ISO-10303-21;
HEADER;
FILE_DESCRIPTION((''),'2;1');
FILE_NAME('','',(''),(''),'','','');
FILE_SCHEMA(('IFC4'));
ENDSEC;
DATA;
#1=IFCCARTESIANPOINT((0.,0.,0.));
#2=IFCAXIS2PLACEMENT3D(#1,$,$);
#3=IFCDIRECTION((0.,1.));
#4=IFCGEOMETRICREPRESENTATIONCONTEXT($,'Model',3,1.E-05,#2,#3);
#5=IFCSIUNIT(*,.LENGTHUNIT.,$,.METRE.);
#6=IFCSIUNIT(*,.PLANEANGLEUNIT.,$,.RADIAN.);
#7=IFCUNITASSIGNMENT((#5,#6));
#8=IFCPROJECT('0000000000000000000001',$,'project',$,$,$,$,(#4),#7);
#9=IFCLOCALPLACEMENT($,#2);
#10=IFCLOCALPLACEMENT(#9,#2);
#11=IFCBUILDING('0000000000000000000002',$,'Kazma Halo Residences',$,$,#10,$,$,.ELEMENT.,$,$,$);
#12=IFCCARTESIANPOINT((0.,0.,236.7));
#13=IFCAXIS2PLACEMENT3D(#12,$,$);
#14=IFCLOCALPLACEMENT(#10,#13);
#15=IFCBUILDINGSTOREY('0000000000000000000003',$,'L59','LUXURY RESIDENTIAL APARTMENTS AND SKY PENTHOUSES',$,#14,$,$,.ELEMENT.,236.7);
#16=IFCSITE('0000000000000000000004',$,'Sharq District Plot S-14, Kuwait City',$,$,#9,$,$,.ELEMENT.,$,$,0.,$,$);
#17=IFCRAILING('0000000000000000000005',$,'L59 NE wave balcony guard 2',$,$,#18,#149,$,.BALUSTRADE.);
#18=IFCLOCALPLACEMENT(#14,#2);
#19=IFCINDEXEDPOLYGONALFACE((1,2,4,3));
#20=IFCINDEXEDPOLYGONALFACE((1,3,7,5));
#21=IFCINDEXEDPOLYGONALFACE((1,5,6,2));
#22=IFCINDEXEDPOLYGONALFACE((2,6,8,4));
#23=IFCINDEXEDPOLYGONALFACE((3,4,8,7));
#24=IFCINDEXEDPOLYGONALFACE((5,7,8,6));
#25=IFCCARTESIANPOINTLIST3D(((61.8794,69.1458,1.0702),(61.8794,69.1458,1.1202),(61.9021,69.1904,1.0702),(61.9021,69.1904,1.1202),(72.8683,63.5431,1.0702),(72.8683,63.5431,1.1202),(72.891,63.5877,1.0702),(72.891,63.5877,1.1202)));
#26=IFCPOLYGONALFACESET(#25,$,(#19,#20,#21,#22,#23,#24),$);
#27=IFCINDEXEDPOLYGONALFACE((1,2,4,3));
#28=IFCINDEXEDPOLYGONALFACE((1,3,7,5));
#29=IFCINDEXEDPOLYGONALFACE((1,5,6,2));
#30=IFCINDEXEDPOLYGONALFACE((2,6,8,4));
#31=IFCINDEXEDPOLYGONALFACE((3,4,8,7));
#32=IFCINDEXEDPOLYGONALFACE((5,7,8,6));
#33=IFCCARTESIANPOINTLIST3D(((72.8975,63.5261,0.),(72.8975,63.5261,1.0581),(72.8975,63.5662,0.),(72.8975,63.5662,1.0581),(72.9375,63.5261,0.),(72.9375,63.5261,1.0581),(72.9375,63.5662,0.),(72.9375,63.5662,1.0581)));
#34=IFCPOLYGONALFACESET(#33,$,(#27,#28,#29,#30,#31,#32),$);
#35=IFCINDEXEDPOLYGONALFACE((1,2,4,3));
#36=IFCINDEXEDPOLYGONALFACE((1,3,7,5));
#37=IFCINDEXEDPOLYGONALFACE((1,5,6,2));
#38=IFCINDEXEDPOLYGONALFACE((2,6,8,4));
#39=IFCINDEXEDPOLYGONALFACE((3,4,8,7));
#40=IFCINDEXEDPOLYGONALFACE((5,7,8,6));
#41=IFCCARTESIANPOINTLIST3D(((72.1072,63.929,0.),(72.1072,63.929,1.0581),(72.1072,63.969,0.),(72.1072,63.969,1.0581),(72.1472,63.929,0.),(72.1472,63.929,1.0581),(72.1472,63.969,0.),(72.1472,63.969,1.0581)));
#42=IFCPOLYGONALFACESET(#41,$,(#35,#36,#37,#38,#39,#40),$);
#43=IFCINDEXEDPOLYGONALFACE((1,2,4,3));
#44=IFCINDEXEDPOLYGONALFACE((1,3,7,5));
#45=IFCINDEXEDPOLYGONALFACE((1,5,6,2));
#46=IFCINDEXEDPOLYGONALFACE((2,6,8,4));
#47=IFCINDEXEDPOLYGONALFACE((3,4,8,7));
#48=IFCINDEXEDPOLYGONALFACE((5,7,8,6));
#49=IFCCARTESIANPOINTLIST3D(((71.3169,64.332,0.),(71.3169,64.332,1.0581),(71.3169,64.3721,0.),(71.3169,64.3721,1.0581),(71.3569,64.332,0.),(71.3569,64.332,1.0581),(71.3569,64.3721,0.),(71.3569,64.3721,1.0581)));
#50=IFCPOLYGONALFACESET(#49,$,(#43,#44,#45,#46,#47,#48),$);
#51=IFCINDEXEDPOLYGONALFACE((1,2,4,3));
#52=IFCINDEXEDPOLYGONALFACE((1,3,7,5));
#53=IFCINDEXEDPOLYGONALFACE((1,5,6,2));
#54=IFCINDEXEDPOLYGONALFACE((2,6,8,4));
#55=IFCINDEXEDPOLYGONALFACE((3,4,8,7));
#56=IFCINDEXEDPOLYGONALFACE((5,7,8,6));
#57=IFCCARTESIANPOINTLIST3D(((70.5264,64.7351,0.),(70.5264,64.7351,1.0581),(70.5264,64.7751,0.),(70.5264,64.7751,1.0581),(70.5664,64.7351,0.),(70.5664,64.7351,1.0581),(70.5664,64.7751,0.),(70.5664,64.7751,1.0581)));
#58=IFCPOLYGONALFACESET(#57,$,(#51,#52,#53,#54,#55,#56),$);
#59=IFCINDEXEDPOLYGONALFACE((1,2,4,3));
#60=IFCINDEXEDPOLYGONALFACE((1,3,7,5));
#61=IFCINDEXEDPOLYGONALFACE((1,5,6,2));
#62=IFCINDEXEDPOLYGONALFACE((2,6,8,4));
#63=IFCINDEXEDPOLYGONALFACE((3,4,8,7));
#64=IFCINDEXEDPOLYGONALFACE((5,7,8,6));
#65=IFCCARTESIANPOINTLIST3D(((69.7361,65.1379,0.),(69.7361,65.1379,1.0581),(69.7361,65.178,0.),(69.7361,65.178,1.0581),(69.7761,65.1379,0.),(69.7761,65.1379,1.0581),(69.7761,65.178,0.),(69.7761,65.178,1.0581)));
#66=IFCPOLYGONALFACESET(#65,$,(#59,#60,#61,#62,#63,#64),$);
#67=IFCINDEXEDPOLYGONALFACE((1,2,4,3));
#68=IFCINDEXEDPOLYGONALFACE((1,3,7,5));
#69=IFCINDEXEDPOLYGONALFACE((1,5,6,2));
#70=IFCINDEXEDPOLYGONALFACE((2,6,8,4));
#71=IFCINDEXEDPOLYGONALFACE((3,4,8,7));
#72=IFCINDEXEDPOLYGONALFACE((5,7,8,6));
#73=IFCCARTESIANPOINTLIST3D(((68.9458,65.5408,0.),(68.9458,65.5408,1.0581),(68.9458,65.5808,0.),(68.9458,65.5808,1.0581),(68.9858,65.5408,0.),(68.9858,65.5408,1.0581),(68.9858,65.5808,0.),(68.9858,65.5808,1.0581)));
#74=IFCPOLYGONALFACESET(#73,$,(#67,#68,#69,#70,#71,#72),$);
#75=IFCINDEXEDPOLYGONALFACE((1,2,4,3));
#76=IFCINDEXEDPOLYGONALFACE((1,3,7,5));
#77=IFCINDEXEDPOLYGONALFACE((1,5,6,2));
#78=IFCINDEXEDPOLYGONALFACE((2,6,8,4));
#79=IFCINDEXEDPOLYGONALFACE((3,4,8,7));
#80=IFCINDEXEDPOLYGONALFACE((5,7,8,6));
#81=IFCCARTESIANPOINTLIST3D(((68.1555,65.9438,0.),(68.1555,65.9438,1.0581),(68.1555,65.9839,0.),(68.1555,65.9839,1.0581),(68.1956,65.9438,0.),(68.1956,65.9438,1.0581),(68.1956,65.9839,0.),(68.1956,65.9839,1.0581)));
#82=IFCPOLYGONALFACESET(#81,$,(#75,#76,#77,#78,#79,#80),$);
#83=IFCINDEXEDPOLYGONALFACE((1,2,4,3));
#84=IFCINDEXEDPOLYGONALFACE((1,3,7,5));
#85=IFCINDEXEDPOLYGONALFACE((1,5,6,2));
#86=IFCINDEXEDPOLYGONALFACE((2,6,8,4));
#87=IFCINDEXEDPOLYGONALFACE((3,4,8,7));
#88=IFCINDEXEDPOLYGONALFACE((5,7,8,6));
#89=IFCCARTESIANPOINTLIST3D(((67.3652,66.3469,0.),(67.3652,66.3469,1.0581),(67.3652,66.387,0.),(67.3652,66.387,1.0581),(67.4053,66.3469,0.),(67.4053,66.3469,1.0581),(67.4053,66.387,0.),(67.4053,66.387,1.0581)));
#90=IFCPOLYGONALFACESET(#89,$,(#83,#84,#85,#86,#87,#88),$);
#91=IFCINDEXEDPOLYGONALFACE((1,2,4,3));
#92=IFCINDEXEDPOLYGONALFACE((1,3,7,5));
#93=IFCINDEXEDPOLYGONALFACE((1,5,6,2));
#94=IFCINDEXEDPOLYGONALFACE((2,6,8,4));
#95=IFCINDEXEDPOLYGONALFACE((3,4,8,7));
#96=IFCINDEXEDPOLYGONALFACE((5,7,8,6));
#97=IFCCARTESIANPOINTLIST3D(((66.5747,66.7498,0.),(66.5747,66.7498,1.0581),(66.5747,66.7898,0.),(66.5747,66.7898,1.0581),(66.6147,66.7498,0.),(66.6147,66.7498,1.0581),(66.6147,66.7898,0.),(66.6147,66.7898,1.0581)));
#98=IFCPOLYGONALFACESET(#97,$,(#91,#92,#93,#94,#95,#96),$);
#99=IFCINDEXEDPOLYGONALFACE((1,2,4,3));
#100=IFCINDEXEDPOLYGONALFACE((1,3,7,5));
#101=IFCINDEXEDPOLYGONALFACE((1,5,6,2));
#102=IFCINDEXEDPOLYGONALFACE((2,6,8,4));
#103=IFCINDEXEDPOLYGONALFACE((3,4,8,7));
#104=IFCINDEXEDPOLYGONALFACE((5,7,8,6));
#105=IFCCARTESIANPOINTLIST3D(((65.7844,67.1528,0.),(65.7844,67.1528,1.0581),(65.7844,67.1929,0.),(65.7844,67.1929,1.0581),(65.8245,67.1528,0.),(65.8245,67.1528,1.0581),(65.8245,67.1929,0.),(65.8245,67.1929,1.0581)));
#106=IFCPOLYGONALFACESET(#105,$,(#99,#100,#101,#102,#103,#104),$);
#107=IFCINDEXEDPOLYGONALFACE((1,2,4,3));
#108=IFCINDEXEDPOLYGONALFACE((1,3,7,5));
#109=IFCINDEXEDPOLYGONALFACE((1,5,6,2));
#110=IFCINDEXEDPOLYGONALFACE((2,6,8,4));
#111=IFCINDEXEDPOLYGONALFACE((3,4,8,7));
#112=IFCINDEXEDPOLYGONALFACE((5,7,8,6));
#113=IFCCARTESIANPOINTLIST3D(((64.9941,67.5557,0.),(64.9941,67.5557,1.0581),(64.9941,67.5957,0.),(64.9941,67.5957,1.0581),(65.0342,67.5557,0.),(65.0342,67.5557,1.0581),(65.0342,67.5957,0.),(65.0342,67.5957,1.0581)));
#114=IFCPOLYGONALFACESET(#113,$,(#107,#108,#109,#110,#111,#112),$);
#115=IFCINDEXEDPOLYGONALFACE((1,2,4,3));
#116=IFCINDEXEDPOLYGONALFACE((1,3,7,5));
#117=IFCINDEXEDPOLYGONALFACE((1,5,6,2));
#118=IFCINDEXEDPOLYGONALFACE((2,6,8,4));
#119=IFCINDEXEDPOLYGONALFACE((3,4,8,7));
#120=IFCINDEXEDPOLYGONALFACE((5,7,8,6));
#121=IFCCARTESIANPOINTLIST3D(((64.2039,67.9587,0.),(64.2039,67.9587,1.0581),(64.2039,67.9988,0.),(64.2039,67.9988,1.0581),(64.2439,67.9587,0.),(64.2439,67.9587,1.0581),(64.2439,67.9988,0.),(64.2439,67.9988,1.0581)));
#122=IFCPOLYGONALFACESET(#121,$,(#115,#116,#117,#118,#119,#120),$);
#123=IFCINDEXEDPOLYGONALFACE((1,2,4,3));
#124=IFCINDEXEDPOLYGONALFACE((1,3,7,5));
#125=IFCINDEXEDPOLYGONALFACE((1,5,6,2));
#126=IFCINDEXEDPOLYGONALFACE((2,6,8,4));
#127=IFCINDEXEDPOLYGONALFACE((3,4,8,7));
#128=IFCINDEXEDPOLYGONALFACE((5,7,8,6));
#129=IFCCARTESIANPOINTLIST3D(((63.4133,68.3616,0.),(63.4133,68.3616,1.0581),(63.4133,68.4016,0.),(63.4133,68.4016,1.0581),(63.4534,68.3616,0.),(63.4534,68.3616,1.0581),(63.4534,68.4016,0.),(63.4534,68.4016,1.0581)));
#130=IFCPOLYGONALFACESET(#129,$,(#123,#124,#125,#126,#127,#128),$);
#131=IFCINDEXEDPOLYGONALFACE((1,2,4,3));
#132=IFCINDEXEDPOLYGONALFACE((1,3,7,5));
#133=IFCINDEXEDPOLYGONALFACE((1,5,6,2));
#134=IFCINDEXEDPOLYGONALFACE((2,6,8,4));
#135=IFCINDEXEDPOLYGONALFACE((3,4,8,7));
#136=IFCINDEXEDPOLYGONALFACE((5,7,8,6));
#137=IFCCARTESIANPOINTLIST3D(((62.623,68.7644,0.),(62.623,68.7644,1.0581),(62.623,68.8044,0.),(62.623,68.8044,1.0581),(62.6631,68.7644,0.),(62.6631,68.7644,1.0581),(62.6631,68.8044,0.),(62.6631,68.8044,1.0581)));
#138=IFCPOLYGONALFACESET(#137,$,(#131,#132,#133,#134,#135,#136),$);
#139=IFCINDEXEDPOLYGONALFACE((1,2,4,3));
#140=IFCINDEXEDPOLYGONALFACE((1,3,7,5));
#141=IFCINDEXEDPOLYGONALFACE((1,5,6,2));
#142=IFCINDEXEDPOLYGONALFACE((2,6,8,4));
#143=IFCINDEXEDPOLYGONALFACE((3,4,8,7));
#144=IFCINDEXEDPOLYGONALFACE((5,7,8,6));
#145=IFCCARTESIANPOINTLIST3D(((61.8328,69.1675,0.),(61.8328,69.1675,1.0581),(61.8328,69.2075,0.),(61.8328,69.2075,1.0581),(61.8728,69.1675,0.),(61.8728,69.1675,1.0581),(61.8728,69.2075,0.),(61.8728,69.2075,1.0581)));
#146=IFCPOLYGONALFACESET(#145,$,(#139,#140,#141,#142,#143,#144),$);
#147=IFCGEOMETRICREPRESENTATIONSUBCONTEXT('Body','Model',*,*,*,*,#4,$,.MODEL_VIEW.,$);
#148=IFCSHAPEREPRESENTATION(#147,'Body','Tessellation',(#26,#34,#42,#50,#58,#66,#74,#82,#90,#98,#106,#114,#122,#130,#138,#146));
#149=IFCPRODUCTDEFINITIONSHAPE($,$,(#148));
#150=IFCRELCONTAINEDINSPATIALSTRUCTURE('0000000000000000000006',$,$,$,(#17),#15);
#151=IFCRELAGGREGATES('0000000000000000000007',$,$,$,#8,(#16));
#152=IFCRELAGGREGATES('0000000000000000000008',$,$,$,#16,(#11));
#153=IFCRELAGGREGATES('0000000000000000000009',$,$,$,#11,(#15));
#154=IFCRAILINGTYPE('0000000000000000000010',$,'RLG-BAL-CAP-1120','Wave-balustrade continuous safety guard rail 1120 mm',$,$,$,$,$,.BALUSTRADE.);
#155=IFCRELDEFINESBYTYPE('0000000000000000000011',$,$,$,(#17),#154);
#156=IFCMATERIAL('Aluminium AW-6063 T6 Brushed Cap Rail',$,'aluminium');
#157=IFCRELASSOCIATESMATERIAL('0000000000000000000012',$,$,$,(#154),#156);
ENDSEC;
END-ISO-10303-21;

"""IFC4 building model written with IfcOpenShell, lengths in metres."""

from ifc_helpers import new_model, si_unit, direction, frame, origin, origin_2d, place, context, subcontext, project, spatial, rectangle, extrude, material, type_object, element, save


model = new_model("IFC4")

# Units and contexts
model_context = context("Model", 3, precision=1e-05, world=origin(), true_north=direction((0.0, 1.0)))
body_context = subcontext(model_context, "Body", "Model", "MODEL_VIEW")
ifc_project = project(units=[si_unit("LENGTHUNIT", "METRE"), si_unit("PLANEANGLEUNIT", "RADIAN")], contexts=[model_context])

# Site, building, storey
site_placement = place(None, origin())
site = spatial("IfcSite", under=ifc_project, at=site_placement, Name="Sharq District Plot S-14, Kuwait City", CompositionType="ELEMENT", RefElevation=0.0)
building_placement = place(site_placement, origin())
building = spatial("IfcBuilding", under=site, at=building_placement, Name="Kazma Halo Residences", CompositionType="ELEMENT")
storey_placement = place(building_placement, frame((0.0, 0.0, 236.7)))
storey = spatial("IfcBuildingStorey", under=building, at=storey_placement, Name="L59", Description="LUXURY RESIDENTIAL APARTMENTS AND SKY PENTHOUSES", CompositionType="ELEMENT", Elevation=236.7)

# Railing
ifc_material_1 = material(Name="Aluminium AW-6063 T6 Brushed Cap Rail", Category="aluminium")
railing_type = type_object("IfcRailingType", Name="RLG-BAL-CAP-1120", Description="Wave-balustrade continuous safety guard rail 1120 mm", PredefinedType="BALUSTRADE", material=ifc_material_1)
railing_1_placement = place(storey_placement, frame((72.9175, 63.5461, 0.0)))
element("IfcRailing", 1, at=railing_1_placement, inside=storey, type_object=railing_type, Name="L59 NE wave balcony guard 2", PredefinedType="BALUSTRADE", context=body_context, shape_type="SweptSolid", body=[
    extrude(rectangle(XDim=0.05, YDim=0.05, at=origin_2d()), frame((-0.0378, 0.0193, 1.0952), z_axis=(-0.890889, 0.454221, 0.0), x_axis=(-0.454221, -0.890889, 0.0)), (0.0, 0.0, 1.0), 12.3347),
    extrude(rectangle(XDim=0.04, YDim=0.04, at=origin_2d()), origin(), (0.0, 0.0, 1.0), 1.0581),
    extrude(rectangle(XDim=0.04, YDim=0.04, at=origin_2d()), frame((-0.7903, 0.4028, 0.0)), (0.0, 0.0, 1.0), 1.0581),
    extrude(rectangle(XDim=0.04, YDim=0.04, at=origin_2d()), frame((-1.5806, 0.8059, 0.0)), (0.0, 0.0, 1.0), 1.0581),
    extrude(rectangle(XDim=0.04, YDim=0.04, at=origin_2d()), frame((-2.3711, 1.209, 0.0)), (0.0, 0.0, 1.0), 1.0581),
    extrude(rectangle(XDim=0.04, YDim=0.04, at=origin_2d()), frame((-3.1614, 1.6118, 0.0)), (0.0, 0.0, 1.0), 1.0581),
    extrude(rectangle(XDim=0.04, YDim=0.04, at=origin_2d()), frame((-3.9517, 2.0146, 0.0)), (0.0, 0.0, 1.0), 1.0581),
    extrude(rectangle(XDim=0.04, YDim=0.04, at=origin_2d()), frame((-4.7419, 2.4177, 0.0)), (0.0, 0.0, 1.0), 1.0581),
    extrude(rectangle(XDim=0.04, YDim=0.04, at=origin_2d()), frame((-5.5322, 2.8208, 0.0)), (0.0, 0.0, 1.0), 1.0581),
    extrude(rectangle(XDim=0.04, YDim=0.04, at=origin_2d()), frame((-6.3228, 3.2236, 0.0)), (0.0, 0.0, 1.0), 1.0581),
    extrude(rectangle(XDim=0.04, YDim=0.04, at=origin_2d()), frame((-7.113, 3.6267, 0.0)), (0.0, 0.0, 1.0), 1.0581),
    extrude(rectangle(XDim=0.04, YDim=0.04, at=origin_2d()), frame((-7.9033, 4.0295, 0.0)), (0.0, 0.0, 1.0), 1.0581),
    extrude(rectangle(XDim=0.04, YDim=0.04, at=origin_2d()), frame((-8.6936, 4.4326, 0.0)), (0.0, 0.0, 1.0), 1.0581),
    extrude(rectangle(XDim=0.04, YDim=0.04, at=origin_2d()), frame((-9.4841, 4.8354, 0.0)), (0.0, 0.0, 1.0), 1.0581),
    extrude(rectangle(XDim=0.04, YDim=0.04, at=origin_2d()), frame((-10.2744, 5.2383, 0.0)), (0.0, 0.0, 1.0), 1.0581),
    extrude(rectangle(XDim=0.04, YDim=0.04, at=origin_2d()), frame((-11.0647, 5.6414, 0.0)), (0.0, 0.0, 1.0), 1.0581),
])

save(model, "model.ifc")
